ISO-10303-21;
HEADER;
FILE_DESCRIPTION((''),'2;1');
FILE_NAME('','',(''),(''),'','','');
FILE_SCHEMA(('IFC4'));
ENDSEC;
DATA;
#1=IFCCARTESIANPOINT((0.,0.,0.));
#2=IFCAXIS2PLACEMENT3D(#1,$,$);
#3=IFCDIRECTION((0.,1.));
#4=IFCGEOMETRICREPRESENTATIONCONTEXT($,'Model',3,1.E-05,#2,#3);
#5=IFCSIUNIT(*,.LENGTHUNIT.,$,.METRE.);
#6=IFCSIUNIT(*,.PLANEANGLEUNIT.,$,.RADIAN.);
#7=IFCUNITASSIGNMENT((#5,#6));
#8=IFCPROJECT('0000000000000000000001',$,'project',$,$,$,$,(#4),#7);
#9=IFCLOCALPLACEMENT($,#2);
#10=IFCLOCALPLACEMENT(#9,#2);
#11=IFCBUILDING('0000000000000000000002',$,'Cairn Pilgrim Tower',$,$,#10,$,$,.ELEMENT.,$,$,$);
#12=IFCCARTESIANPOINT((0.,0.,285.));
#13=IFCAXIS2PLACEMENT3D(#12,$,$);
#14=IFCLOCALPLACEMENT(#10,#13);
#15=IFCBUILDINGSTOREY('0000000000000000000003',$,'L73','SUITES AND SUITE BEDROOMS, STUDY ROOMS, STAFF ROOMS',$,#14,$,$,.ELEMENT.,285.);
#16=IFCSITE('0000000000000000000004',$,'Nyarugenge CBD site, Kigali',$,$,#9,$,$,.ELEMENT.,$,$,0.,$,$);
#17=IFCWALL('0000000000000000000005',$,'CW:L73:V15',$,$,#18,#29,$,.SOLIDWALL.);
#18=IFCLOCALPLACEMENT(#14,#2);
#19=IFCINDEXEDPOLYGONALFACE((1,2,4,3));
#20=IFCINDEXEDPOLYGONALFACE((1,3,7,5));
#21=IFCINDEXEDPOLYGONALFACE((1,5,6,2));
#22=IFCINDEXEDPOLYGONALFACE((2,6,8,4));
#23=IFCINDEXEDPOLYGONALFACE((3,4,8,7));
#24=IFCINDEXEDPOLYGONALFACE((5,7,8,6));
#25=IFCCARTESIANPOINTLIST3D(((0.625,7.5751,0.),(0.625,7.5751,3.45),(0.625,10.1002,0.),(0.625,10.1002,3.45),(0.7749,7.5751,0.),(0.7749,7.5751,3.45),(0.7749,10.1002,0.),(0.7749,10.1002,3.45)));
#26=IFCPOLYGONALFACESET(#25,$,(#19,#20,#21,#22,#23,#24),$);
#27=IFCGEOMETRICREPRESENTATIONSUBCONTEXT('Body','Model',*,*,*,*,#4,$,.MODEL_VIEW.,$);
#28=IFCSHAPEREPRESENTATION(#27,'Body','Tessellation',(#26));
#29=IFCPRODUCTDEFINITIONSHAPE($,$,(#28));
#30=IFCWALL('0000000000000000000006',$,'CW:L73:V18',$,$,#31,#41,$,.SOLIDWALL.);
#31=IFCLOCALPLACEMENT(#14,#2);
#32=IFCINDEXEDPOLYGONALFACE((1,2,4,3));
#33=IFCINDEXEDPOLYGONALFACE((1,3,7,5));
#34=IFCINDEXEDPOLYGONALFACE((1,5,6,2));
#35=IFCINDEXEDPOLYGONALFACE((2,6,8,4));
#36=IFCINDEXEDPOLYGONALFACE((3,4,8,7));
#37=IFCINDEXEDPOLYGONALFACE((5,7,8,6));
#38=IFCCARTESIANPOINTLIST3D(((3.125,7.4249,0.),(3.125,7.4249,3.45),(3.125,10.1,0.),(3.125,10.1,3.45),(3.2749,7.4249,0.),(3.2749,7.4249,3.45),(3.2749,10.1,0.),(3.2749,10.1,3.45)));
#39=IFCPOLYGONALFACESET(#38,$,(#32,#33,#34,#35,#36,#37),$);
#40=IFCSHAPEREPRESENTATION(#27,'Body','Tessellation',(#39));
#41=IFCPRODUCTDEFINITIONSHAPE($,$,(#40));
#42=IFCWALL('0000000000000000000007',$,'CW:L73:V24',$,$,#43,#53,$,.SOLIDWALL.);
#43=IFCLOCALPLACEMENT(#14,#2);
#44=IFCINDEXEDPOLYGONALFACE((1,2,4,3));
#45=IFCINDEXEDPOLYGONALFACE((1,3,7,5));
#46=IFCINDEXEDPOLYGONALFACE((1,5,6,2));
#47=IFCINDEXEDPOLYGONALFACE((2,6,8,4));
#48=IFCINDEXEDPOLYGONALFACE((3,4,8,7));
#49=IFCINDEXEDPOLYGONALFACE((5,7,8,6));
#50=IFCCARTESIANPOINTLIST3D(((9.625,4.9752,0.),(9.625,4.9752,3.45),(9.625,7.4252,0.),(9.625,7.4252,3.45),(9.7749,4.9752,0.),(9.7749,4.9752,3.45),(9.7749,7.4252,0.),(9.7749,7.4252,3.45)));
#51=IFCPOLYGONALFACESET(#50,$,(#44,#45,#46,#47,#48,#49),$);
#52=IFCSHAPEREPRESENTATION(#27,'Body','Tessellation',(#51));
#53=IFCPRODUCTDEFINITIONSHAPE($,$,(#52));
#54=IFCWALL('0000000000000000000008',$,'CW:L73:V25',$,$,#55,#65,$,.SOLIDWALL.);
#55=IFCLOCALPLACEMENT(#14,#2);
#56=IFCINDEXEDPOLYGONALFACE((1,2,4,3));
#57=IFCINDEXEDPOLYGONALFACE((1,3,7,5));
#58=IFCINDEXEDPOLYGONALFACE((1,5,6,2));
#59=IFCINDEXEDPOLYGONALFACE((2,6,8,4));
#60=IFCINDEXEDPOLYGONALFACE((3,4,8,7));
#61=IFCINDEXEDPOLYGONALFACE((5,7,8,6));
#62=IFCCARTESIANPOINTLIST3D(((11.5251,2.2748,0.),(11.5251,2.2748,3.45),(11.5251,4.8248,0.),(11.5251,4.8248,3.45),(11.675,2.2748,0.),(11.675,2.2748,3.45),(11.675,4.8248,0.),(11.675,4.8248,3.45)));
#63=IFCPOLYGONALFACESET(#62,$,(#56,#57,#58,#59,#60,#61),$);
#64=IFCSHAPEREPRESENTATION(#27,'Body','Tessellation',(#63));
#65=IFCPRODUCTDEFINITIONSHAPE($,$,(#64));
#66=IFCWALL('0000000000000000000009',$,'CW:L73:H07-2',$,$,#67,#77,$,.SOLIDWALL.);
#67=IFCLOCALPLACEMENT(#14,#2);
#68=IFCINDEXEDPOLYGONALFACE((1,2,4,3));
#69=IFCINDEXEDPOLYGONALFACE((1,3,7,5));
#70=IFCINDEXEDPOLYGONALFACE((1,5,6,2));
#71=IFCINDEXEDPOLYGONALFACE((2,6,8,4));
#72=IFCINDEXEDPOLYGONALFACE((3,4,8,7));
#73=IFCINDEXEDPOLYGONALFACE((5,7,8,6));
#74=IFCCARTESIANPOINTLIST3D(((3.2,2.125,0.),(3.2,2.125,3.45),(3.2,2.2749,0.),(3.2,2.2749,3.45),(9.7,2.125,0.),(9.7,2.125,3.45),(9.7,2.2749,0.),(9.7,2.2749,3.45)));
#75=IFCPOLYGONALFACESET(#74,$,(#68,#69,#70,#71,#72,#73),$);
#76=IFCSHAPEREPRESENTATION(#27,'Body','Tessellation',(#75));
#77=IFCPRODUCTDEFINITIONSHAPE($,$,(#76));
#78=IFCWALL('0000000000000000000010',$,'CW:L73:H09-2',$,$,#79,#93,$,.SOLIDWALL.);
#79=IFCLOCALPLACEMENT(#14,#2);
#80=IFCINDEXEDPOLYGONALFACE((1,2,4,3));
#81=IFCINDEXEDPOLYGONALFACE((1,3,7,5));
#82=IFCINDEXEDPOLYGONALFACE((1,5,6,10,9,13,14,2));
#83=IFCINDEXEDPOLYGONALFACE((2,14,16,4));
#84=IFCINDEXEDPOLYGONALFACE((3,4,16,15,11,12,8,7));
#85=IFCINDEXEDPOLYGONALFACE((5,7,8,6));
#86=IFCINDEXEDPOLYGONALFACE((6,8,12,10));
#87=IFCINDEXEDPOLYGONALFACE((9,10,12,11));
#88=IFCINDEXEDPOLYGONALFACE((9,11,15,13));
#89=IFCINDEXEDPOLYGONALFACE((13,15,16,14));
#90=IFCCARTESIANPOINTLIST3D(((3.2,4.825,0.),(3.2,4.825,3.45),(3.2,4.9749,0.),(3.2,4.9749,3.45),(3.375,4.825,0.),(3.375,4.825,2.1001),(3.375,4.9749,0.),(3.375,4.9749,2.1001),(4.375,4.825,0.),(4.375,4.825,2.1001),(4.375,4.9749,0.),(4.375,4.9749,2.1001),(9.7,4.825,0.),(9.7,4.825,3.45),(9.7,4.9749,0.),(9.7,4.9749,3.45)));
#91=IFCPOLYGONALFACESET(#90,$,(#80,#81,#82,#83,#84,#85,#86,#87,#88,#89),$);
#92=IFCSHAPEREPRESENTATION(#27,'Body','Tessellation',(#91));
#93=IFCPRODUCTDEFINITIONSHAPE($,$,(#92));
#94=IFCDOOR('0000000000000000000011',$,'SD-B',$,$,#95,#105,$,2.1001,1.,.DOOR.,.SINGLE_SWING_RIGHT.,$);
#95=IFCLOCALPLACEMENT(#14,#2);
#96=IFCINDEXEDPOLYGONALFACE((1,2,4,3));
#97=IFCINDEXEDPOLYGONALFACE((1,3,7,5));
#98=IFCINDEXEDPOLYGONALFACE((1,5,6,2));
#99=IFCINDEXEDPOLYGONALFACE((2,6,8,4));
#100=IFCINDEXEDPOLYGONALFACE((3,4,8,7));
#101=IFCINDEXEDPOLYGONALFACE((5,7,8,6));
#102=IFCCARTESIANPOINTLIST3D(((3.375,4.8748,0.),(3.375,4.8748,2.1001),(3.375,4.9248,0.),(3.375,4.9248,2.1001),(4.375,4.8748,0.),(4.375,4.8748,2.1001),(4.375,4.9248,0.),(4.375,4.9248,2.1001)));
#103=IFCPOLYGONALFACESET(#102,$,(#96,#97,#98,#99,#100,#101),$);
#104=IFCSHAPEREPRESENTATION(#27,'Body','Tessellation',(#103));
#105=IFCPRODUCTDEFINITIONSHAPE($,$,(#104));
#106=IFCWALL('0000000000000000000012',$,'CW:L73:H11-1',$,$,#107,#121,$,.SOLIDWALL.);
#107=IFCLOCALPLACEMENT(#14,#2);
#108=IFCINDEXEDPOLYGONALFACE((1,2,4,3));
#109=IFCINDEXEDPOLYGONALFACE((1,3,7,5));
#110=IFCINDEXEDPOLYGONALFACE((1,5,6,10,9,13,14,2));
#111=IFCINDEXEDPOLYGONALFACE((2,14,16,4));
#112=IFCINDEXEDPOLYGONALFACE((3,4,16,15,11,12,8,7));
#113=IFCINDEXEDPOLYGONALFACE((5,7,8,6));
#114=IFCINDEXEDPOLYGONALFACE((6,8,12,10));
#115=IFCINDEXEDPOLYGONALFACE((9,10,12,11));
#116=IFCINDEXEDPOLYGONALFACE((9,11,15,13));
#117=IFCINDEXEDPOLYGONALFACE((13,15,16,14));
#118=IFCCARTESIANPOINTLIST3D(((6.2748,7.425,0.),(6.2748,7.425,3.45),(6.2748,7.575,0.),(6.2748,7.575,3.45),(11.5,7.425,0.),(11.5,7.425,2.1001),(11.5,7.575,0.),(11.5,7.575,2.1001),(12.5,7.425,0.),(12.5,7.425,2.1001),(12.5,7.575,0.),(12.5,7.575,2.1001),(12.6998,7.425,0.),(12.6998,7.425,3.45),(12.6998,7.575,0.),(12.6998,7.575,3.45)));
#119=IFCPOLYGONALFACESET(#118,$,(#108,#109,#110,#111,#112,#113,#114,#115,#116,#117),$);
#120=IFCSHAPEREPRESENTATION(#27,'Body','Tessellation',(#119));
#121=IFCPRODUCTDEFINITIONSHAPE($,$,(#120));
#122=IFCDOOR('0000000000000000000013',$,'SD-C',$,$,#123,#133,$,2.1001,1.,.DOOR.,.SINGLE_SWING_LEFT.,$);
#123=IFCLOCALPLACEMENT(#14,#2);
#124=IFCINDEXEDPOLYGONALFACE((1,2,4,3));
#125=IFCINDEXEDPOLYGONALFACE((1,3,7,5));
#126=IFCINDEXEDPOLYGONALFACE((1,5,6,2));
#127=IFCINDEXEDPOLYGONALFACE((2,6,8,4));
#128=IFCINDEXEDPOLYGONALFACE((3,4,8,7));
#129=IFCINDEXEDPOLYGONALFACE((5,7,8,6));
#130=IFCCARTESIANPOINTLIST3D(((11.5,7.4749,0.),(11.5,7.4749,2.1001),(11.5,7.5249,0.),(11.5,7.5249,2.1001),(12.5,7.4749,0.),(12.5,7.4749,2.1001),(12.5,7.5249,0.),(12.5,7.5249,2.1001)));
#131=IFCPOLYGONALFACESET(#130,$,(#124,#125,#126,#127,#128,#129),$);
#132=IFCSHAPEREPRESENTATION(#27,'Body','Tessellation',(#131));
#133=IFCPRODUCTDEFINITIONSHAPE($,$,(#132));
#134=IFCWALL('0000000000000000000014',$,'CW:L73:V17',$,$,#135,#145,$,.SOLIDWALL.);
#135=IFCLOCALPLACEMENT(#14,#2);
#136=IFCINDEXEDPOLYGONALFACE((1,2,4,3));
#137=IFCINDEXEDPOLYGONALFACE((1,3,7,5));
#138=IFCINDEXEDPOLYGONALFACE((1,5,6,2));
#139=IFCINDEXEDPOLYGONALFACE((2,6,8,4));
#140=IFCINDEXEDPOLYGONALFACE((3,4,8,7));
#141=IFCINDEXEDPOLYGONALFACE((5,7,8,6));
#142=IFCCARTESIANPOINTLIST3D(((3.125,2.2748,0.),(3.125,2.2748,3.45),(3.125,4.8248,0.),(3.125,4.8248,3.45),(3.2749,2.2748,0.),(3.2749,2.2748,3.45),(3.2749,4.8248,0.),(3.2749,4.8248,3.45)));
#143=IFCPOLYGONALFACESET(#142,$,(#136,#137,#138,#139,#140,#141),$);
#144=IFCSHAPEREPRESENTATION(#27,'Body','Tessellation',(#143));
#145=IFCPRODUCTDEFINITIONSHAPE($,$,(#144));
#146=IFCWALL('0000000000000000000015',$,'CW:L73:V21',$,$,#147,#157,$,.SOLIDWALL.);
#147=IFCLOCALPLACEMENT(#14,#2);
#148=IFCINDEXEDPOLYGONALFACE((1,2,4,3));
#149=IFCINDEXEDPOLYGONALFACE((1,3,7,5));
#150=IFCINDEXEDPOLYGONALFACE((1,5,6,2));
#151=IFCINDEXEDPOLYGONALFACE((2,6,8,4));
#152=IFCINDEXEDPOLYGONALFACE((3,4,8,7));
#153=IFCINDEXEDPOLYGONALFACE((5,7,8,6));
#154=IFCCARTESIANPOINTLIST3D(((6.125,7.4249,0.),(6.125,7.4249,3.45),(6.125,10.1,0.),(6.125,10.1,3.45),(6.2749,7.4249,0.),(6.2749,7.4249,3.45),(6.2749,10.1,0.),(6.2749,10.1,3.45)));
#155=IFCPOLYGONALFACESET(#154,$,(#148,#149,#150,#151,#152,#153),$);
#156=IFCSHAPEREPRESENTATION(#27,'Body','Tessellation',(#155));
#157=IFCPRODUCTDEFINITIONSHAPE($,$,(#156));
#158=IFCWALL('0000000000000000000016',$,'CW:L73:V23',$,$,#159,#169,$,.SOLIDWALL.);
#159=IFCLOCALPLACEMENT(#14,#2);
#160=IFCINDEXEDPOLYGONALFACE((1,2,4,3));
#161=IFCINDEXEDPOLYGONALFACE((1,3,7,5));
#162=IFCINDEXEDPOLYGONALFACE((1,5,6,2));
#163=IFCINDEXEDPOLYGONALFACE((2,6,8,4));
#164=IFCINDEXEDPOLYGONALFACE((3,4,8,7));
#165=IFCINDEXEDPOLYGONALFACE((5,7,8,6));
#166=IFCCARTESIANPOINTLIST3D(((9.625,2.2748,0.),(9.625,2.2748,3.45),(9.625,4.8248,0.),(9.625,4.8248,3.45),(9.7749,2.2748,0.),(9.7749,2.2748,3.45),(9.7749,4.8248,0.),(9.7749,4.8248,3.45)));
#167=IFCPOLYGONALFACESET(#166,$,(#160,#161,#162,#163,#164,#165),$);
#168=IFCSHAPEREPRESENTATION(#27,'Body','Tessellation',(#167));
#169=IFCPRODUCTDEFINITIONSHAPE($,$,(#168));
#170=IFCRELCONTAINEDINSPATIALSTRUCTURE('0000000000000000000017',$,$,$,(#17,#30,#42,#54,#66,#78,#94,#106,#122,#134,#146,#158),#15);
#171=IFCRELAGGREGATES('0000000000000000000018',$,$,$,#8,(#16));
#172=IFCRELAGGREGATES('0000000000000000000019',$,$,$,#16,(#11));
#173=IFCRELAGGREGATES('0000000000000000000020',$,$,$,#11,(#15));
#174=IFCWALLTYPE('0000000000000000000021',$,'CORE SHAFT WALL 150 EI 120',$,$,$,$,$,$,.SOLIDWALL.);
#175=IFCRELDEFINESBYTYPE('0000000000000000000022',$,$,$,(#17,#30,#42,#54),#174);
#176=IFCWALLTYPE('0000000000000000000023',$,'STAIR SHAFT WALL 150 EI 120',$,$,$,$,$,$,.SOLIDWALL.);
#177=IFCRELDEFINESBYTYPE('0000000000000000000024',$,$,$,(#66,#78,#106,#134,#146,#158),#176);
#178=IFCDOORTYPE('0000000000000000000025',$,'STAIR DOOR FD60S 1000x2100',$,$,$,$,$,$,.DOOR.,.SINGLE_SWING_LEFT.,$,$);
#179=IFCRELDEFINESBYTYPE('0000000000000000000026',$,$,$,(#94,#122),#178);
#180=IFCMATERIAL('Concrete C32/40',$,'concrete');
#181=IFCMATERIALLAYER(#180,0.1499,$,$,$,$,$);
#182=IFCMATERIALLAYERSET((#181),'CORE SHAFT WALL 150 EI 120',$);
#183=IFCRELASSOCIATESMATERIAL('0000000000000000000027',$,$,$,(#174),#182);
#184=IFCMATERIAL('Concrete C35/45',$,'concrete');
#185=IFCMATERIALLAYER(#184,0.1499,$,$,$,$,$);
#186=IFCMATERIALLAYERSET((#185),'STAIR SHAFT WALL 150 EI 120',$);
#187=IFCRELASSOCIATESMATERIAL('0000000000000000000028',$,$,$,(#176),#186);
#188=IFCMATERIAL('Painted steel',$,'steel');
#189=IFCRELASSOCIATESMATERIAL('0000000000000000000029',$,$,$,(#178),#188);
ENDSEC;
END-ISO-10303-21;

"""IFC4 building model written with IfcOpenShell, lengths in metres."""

from ifc_helpers import new_model, si_unit, direction, frame, frame_2d, origin, place, context, subcontext, project, spatial, rectangle, extrude, material, layer, layer_set, type_object, element, fill, save


model = new_model("IFC4")

# Units and contexts
model_context = context("Model", 3, precision=1e-05, world=origin(), true_north=direction((0.0, 1.0)))
body_context = subcontext(model_context, "Body", "Model", "MODEL_VIEW")
ifc_project = project(units=[si_unit("LENGTHUNIT", "METRE"), si_unit("PLANEANGLEUNIT", "RADIAN")], contexts=[model_context])

# Site, building, storey
site_placement = place(None, origin())
site = spatial("IfcSite", under=ifc_project, at=site_placement, Name="Nyarugenge CBD site, Kigali", CompositionType="ELEMENT", RefElevation=0.0)
building_placement = place(site_placement, origin())
building = spatial("IfcBuilding", under=site, at=building_placement, Name="Cairn Pilgrim Tower", CompositionType="ELEMENT")
storey_placement = place(building_placement, frame((0.0, 0.0, 285.0)))
storey = spatial("IfcBuildingStorey", under=building, at=storey_placement, Name="L73", Description="SUITES AND SUITE BEDROOMS, STUDY ROOMS, STAFF ROOMS", CompositionType="ELEMENT", Elevation=285.0)

# Shared definitions
ifc_material_1 = material(Name="Concrete C32/40", Category="concrete")
ifc_layer_1 = layer(ifc_material_1, 0.1499)
ifc_layer_set_1 = layer_set([ifc_layer_1], Name="CORE SHAFT WALL 150 EI 120")
wall_type_1 = type_object("IfcWallType", Name="CORE SHAFT WALL 150 EI 120", PredefinedType="SOLIDWALL", material=ifc_layer_set_1)

# Shared definitions
ifc_material_2 = material(Name="Painted steel", Category="steel")

# Walls
wall_1_placement = place(storey_placement, frame((0.7, 7.575, 0.0), z_axis=(0.0, 0.0, 1.0), x_axis=(0.0, 1.0, 0.0)))
element("IfcWall", 1, at=wall_1_placement, inside=storey, type_object=wall_type_1, Name="CW:L73:V15", PredefinedType="SOLIDWALL", context=body_context, shape_type="SweptSolid", body=[
    extrude(rectangle(XDim=2.5251, YDim=0.1499, at=frame_2d((1.2627, 0.0))), origin(), (0.0, 0.0, 1.0), 3.45),
])
wall_2_placement = place(storey_placement, frame((3.2, 7.425, 0.0), z_axis=(0.0, 0.0, 1.0), x_axis=(0.0, 1.0, 0.0)))
element("IfcWall", 2, at=wall_2_placement, inside=storey, type_object=wall_type_1, Name="CW:L73:V18", PredefinedType="SOLIDWALL", context=body_context, shape_type="SweptSolid", body=[
    extrude(rectangle(XDim=2.675, YDim=0.1499, at=frame_2d((1.3374, 0.0))), origin(), (0.0, 0.0, 1.0), 3.45),
])
wall_3_placement = place(storey_placement, frame((9.7, 4.9751, 0.0), z_axis=(0.0, 0.0, 1.0), x_axis=(0.0, 1.0, 0.0)))
element("IfcWall", 3, at=wall_3_placement, inside=storey, type_object=wall_type_1, Name="CW:L73:V24", PredefinedType="SOLIDWALL", context=body_context, shape_type="SweptSolid", body=[
    extrude(rectangle(XDim=2.45, YDim=0.1499, at=frame_2d((1.2251, 0.0))), origin(), (0.0, 0.0, 1.0), 3.45),
])
wall_4_placement = place(storey_placement, frame((11.6001, 2.2749, 0.0), z_axis=(0.0, 0.0, 1.0), x_axis=(0.0, 1.0, 0.0)))
element("IfcWall", 4, at=wall_4_placement, inside=storey, type_object=wall_type_1, Name="CW:L73:V25", PredefinedType="SOLIDWALL", context=body_context, shape_type="SweptSolid", body=[
    extrude(rectangle(XDim=2.55, YDim=0.1499, at=frame_2d((1.2749, 0.0))), origin(), (0.0, 0.0, 1.0), 3.45),
])
ifc_material_3 = material(Name="Concrete C35/45", Category="concrete")
ifc_layer_2 = layer(ifc_material_3, 0.1499)
ifc_layer_set_2 = layer_set([ifc_layer_2], Name="STAIR SHAFT WALL 150 EI 120")
wall_type_2 = type_object("IfcWallType", Name="STAIR SHAFT WALL 150 EI 120", PredefinedType="SOLIDWALL", material=ifc_layer_set_2)
wall_5_placement = place(storey_placement, frame((3.2, 2.2, 0.0), z_axis=(0.0, 0.0, 1.0), x_axis=(1.0, 0.0, 0.0)))
element("IfcWall", 5, at=wall_5_placement, inside=storey, type_object=wall_type_2, Name="CW:L73:H07-2", PredefinedType="SOLIDWALL", context=body_context, shape_type="SweptSolid", body=[
    extrude(rectangle(XDim=6.5, YDim=0.1499, at=frame_2d((3.25, 0.0))), origin(), (0.0, 0.0, 1.0), 3.45),
])

# Walls, openings, doors
wall_6_placement = place(storey_placement, frame((3.2, 4.8999, 0.0), z_axis=(0.0, 0.0, 1.0), x_axis=(1.0, 0.0, 0.0)))
wall_6 = element("IfcWall", 6, at=wall_6_placement, inside=storey, type_object=wall_type_2, Name="CW:L73:H09-2", PredefinedType="SOLIDWALL", context=body_context, shape_type="SweptSolid", body=[
    extrude(rectangle(XDim=6.5, YDim=0.1499, at=frame_2d((3.25, 0.0))), origin(), (0.0, 0.0, 1.0), 3.45),
])
opening_1_placement = place(wall_6_placement, frame((0.175, 0.0, 0.0)))
opening_1 = element("IfcOpeningElement", 7, at=opening_1_placement, cuts=wall_6, PredefinedType="OPENING", context=body_context, shape_type="SweptSolid", body=[
    extrude(rectangle(XDim=1.0, YDim=2.1001, at=frame_2d((0.5, 1.05))), frame((0.0, 0.085, 0.0), z_axis=(0.0, -1.0, 0.0), x_axis=(1.0, 0.0, 0.0)), (0.0, 0.0, 1.0), 0.1699),
])
door_type_1 = type_object("IfcDoorType", Name="STAIR DOOR FD60S 1000x2100", OperationType="SINGLE_SWING_LEFT", PredefinedType="DOOR", material=ifc_material_2)
door_1_placement = place(opening_1_placement, origin())
door_1 = element("IfcDoor", 8, at=door_1_placement, inside=storey, type_object=door_type_1, Name="SD-B", OperationType="SINGLE_SWING_RIGHT", OverallHeight=2.1001, OverallWidth=1.0, PredefinedType="DOOR", context=body_context, shape_type="SweptSolid", body=[
    extrude(rectangle(XDim=1.0, YDim=2.1001, at=frame_2d((0.5, 1.05))), frame((0.0, 0.0249, 0.0), z_axis=(0.0, -1.0, 0.0), x_axis=(1.0, 0.0, 0.0)), (0.0, 0.0, 1.0), 0.05),
])
fill(opening_1, door_1)
wall_7_placement = place(storey_placement, frame((6.2749, 7.5, 0.0), z_axis=(0.0, 0.0, 1.0), x_axis=(1.0, 0.0, 0.0)))
wall_7 = element("IfcWall", 9, at=wall_7_placement, inside=storey, type_object=wall_type_2, Name="CW:L73:H11-1", PredefinedType="SOLIDWALL", context=body_context, shape_type="SweptSolid", body=[
    extrude(rectangle(XDim=6.425, YDim=0.1499, at=frame_2d((3.2124, 0.0))), origin(), (0.0, 0.0, 1.0), 3.45),
])
opening_2_placement = place(wall_7_placement, frame((5.2251, 0.0, 0.0)))
opening_2 = element("IfcOpeningElement", 10, at=opening_2_placement, cuts=wall_7, PredefinedType="OPENING", context=body_context, shape_type="SweptSolid", body=[
    extrude(rectangle(XDim=1.0, YDim=2.1001, at=frame_2d((0.5, 1.05))), frame((0.0, 0.085, 0.0), z_axis=(0.0, -1.0, 0.0), x_axis=(1.0, 0.0, 0.0)), (0.0, 0.0, 1.0), 0.1699),
])
door_2_placement = place(opening_2_placement, origin())
door_2 = element("IfcDoor", 11, at=door_2_placement, inside=storey, type_object=door_type_1, Name="SD-C", OperationType="SINGLE_SWING_LEFT", OverallHeight=2.1001, OverallWidth=1.0, PredefinedType="DOOR", context=body_context, shape_type="SweptSolid", body=[
    extrude(rectangle(XDim=1.0, YDim=2.1001, at=frame_2d((0.5, 1.05))), frame((0.0, 0.0249, 0.0), z_axis=(0.0, -1.0, 0.0), x_axis=(1.0, 0.0, 0.0)), (0.0, 0.0, 1.0), 0.05),
])
fill(opening_2, door_2)

# Walls
wall_8_placement = place(storey_placement, frame((3.2, 2.2749, 0.0), z_axis=(0.0, 0.0, 1.0), x_axis=(0.0, 1.0, 0.0)))
element("IfcWall", 12, at=wall_8_placement, inside=storey, type_object=wall_type_2, Name="CW:L73:V17", PredefinedType="SOLIDWALL", context=body_context, shape_type="SweptSolid", body=[
    extrude(rectangle(XDim=2.55, YDim=0.1499, at=frame_2d((1.2749, 0.0))), origin(), (0.0, 0.0, 1.0), 3.45),
])
wall_9_placement = place(storey_placement, frame((6.2, 7.425, 0.0), z_axis=(0.0, 0.0, 1.0), x_axis=(0.0, 1.0, 0.0)))
element("IfcWall", 13, at=wall_9_placement, inside=storey, type_object=wall_type_2, Name="CW:L73:V21", PredefinedType="SOLIDWALL", context=body_context, shape_type="SweptSolid", body=[
    extrude(rectangle(XDim=2.675, YDim=0.1499, at=frame_2d((1.3374, 0.0))), origin(), (0.0, 0.0, 1.0), 3.45),
])
wall_10_placement = place(storey_placement, frame((9.7, 2.2749, 0.0), z_axis=(0.0, 0.0, 1.0), x_axis=(0.0, 1.0, 0.0)))
element("IfcWall", 14, at=wall_10_placement, inside=storey, type_object=wall_type_2, Name="CW:L73:V23", PredefinedType="SOLIDWALL", context=body_context, shape_type="SweptSolid", body=[
    extrude(rectangle(XDim=2.55, YDim=0.1499, at=frame_2d((1.2749, 0.0))), origin(), (0.0, 0.0, 1.0), 3.45),
])

save(model, "model.ifc")
